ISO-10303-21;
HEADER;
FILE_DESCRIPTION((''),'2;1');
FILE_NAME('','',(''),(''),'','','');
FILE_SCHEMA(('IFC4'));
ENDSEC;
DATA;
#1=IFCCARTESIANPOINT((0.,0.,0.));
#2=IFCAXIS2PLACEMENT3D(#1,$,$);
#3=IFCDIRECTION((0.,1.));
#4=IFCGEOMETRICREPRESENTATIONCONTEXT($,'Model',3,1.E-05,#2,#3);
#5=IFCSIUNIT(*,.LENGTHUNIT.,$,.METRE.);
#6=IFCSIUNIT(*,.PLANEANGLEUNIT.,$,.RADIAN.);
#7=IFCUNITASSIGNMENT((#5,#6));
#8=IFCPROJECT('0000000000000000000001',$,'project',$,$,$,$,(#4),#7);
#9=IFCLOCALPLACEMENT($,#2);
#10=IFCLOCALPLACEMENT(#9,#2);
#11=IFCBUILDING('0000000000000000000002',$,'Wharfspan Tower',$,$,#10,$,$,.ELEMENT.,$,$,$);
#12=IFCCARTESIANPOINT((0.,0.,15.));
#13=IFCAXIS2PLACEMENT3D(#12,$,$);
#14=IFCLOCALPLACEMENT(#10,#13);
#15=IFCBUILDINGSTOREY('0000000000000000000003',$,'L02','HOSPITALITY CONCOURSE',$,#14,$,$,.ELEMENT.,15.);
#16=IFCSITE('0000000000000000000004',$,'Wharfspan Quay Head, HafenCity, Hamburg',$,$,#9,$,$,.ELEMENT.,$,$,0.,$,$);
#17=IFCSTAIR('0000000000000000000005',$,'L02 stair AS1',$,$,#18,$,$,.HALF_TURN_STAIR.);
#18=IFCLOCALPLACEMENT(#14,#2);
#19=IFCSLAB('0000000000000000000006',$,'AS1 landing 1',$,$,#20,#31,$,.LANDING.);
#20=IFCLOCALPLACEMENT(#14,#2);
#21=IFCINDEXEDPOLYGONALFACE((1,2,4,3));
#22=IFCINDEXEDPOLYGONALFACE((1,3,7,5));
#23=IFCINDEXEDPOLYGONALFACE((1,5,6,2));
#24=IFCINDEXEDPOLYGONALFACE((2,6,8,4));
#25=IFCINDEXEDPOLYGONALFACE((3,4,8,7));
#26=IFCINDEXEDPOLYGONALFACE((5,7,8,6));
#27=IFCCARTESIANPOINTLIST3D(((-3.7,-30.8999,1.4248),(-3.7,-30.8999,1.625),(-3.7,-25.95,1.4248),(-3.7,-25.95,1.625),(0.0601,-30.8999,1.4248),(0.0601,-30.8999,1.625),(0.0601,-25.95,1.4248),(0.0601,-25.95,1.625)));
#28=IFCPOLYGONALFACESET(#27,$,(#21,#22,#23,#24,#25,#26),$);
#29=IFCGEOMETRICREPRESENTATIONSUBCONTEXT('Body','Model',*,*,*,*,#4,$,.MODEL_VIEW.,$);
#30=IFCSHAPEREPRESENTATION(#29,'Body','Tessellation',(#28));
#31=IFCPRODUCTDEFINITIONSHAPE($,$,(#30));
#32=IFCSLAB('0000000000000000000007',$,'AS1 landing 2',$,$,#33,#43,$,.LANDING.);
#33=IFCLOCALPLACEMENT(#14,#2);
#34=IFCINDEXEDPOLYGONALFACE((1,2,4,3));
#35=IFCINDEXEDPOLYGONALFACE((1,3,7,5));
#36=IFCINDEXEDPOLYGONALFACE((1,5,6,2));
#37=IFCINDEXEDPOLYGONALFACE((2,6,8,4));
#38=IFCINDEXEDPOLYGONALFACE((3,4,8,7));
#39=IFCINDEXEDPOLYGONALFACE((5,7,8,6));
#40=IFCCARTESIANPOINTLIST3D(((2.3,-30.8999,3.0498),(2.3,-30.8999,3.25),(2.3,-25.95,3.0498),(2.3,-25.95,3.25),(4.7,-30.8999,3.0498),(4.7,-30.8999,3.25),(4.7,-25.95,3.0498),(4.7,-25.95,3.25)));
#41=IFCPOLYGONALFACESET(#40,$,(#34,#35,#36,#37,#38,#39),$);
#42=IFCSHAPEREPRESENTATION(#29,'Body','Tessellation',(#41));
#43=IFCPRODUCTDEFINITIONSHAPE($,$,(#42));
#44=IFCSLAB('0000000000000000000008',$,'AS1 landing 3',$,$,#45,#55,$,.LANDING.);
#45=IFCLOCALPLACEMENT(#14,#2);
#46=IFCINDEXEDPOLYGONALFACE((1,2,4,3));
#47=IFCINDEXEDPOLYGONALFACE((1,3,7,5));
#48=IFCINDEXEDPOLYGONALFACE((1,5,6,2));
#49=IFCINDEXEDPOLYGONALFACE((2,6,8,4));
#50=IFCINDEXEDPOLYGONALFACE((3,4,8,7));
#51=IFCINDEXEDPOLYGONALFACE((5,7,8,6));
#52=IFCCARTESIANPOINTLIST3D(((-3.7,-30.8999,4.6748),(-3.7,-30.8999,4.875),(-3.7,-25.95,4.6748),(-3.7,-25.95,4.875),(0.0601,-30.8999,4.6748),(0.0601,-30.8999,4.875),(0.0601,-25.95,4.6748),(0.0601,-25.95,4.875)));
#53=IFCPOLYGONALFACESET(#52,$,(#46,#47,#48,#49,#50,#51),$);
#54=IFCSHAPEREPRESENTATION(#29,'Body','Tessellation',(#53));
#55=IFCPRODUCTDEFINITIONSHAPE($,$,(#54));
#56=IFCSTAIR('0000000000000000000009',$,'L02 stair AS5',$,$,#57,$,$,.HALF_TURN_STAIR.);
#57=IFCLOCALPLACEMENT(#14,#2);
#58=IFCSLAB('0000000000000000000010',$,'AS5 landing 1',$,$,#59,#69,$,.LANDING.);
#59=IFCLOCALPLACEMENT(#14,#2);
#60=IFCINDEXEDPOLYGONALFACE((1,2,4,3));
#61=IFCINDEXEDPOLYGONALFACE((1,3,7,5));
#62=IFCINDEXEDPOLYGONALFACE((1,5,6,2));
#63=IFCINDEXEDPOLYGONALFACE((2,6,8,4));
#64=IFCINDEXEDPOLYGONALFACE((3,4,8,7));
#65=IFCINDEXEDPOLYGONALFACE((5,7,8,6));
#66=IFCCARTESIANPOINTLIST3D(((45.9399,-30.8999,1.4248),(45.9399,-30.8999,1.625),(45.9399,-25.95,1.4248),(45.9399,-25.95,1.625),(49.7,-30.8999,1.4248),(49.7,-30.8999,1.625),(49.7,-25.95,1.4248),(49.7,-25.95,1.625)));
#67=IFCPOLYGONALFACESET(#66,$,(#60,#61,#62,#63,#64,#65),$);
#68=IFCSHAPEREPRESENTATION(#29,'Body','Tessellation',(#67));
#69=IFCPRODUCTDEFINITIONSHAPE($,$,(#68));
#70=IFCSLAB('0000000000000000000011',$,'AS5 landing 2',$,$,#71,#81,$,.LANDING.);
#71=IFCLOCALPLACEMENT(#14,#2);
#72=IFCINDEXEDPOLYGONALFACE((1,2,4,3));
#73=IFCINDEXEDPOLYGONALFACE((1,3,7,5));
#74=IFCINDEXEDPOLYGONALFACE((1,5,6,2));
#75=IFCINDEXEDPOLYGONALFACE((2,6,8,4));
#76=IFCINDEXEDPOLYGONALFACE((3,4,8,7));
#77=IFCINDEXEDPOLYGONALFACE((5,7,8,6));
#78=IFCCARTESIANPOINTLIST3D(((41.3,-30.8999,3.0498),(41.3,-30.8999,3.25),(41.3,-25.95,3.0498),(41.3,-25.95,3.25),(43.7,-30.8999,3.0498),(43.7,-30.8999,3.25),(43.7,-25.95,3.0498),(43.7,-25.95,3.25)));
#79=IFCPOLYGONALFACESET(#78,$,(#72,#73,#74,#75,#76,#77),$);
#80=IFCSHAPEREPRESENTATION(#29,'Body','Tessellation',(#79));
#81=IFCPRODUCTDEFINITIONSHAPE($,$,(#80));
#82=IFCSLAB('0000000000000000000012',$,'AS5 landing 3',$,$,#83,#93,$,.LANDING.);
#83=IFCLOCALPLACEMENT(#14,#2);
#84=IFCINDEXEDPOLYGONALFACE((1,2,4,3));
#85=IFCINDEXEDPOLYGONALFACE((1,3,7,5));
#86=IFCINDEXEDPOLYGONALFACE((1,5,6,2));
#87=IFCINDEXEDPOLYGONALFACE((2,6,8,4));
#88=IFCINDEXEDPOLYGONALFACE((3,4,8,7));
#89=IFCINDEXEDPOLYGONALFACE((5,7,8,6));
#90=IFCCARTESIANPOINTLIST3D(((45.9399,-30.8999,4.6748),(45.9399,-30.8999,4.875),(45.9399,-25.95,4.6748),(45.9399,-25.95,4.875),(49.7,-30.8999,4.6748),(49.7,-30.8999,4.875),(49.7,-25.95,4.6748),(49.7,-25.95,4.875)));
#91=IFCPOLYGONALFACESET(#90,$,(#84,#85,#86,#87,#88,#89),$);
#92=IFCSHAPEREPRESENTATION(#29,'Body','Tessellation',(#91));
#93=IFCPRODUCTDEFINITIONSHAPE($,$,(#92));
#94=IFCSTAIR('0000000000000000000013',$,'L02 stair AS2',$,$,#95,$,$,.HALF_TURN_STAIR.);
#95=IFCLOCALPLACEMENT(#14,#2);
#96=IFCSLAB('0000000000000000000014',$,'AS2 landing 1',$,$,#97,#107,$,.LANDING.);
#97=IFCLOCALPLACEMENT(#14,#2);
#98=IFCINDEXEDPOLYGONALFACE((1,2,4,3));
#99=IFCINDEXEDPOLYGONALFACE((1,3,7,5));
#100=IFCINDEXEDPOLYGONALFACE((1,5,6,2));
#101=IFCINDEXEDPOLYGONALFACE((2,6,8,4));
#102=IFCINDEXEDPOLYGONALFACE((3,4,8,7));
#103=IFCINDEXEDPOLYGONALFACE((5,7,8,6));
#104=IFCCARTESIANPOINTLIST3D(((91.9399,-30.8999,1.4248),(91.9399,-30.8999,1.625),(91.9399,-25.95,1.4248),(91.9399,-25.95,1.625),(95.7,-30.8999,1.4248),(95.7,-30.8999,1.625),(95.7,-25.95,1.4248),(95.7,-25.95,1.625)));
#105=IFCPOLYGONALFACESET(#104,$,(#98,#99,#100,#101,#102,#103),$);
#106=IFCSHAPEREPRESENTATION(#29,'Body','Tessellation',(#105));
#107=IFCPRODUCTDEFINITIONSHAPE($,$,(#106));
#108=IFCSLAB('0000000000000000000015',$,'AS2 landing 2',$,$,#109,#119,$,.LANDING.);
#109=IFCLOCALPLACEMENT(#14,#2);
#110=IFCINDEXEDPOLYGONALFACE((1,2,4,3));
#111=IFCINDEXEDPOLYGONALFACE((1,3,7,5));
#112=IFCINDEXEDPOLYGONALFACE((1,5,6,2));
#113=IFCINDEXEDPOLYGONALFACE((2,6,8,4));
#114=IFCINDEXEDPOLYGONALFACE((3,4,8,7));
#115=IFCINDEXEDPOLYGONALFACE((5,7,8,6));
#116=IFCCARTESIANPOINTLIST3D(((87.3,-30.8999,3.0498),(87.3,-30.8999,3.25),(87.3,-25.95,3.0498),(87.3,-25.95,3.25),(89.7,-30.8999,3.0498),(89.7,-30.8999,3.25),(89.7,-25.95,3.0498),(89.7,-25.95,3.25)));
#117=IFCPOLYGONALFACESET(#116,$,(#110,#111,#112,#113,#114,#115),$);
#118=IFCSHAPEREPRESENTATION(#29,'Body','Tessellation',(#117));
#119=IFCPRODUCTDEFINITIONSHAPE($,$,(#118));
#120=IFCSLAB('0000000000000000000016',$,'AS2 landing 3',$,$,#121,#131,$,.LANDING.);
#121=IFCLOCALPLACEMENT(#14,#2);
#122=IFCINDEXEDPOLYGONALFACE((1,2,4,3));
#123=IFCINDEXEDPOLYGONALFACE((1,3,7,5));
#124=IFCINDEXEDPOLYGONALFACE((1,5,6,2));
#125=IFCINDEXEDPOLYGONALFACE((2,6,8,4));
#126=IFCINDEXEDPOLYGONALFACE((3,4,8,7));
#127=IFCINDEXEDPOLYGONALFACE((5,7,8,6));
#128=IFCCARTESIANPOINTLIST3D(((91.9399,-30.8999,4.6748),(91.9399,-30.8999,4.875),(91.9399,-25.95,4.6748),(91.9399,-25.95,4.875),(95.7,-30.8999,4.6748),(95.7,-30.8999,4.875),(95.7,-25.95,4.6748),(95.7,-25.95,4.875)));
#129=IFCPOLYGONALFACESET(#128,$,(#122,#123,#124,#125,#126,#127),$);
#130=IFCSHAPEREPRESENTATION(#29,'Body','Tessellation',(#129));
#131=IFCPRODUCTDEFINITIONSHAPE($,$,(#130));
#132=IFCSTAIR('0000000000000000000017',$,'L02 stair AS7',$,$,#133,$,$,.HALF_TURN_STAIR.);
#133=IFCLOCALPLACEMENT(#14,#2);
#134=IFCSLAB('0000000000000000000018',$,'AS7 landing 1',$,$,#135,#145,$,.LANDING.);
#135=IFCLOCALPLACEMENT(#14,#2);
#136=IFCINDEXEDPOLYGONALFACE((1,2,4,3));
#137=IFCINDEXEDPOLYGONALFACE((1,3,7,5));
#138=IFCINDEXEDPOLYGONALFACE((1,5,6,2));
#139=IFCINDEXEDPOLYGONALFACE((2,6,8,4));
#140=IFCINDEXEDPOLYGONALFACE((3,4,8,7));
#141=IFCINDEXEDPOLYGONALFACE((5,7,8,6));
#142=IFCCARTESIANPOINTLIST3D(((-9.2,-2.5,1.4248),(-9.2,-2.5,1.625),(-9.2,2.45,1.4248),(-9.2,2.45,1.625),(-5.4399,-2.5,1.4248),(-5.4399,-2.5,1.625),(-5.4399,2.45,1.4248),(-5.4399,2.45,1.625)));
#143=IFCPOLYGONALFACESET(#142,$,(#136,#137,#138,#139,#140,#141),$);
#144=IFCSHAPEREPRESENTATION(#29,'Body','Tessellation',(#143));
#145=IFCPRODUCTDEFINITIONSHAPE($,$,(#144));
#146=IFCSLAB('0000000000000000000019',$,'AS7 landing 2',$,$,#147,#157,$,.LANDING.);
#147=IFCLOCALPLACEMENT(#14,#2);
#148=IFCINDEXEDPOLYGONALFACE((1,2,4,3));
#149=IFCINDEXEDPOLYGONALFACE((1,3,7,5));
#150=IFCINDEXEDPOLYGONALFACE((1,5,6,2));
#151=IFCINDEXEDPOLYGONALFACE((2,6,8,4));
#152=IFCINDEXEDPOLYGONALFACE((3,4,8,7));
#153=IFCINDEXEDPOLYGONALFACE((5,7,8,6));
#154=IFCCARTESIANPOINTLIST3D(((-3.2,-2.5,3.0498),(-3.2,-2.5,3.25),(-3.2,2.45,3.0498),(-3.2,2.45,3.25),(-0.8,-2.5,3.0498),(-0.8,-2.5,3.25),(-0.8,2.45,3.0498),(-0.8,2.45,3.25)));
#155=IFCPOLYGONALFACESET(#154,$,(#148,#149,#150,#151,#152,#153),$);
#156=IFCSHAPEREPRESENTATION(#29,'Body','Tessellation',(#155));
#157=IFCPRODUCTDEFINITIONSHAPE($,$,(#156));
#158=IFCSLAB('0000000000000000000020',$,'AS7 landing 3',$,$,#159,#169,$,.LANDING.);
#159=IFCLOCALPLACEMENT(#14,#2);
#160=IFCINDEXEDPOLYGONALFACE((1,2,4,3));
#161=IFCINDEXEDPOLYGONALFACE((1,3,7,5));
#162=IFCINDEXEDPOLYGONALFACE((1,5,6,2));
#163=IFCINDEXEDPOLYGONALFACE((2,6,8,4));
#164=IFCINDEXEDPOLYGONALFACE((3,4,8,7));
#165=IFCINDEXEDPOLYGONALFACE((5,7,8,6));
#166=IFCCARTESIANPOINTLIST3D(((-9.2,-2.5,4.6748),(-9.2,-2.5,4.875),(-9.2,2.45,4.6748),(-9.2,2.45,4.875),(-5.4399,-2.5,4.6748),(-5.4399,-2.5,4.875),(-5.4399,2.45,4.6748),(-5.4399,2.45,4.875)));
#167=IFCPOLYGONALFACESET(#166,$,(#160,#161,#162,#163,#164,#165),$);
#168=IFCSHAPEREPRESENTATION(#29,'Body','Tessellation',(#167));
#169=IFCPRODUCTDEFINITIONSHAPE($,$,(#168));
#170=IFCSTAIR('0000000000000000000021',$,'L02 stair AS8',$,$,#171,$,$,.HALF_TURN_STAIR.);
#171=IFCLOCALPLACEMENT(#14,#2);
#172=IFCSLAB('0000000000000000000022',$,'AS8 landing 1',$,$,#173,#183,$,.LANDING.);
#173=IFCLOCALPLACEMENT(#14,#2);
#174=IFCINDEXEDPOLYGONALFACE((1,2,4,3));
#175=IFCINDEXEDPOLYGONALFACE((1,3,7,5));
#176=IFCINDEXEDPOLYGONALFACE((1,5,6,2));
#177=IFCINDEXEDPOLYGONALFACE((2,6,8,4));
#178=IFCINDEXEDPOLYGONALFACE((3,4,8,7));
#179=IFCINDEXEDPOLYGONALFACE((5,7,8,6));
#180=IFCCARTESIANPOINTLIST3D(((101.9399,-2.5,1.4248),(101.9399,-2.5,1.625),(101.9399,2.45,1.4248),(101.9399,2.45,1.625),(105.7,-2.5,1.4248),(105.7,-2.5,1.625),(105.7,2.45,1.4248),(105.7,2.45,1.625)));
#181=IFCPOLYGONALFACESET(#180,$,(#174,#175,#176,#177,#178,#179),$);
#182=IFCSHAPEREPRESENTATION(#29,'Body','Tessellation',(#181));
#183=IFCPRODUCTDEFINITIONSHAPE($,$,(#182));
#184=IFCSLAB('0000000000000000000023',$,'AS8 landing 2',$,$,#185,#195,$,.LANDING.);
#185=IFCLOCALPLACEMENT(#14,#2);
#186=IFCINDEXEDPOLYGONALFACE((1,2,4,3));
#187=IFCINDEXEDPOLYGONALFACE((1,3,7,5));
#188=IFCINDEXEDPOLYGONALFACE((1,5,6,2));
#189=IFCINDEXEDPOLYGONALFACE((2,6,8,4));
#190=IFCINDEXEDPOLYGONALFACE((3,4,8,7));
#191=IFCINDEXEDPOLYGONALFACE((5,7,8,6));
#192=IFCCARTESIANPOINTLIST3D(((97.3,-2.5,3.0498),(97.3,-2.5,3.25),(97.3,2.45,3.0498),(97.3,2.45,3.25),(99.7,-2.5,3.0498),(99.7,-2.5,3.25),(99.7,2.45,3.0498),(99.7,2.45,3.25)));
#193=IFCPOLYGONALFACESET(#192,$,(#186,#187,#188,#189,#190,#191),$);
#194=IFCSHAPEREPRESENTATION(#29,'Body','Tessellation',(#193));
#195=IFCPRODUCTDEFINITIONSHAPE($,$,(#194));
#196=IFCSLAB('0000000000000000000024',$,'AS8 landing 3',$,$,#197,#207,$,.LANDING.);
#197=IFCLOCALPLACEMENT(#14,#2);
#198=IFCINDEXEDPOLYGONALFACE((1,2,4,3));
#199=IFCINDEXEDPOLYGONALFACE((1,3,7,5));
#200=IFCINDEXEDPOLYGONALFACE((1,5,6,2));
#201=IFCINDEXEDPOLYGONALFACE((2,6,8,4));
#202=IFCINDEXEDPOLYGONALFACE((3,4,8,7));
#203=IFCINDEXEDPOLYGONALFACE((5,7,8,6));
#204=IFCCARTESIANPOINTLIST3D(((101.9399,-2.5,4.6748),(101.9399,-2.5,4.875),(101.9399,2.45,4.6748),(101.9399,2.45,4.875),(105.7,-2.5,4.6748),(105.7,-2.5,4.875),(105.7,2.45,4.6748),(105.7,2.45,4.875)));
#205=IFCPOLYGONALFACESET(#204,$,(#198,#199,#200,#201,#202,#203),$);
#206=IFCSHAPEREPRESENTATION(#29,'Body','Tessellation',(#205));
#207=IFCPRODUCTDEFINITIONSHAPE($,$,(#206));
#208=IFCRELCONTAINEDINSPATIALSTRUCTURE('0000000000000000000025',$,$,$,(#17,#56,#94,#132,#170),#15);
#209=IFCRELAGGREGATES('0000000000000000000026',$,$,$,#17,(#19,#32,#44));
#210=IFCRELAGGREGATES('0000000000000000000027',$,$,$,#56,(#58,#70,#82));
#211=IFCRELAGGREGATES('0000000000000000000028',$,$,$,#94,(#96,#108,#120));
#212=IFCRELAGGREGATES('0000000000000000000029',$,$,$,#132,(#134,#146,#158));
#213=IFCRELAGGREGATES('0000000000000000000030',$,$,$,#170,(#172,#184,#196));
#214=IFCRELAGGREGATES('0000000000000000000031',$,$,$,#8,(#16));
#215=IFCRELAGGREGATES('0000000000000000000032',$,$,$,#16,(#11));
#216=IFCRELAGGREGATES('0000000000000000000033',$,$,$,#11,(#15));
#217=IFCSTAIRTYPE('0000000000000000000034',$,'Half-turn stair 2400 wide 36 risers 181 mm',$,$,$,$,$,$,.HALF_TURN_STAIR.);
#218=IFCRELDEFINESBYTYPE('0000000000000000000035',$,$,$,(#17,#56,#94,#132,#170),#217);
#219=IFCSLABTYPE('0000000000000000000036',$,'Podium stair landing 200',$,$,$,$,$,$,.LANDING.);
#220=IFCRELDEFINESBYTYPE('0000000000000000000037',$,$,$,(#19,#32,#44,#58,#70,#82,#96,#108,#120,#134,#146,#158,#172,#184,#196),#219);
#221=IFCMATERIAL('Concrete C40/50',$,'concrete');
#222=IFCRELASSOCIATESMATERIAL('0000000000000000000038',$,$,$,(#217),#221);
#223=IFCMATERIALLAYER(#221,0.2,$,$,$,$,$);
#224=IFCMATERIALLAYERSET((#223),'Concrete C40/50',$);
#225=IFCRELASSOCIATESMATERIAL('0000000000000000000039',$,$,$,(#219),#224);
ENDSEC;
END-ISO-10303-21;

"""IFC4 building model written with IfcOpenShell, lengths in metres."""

from ifc_helpers import new_model, si_unit, direction, frame, origin, place, context, subcontext, project, spatial, polyline, outline, extrude, material, layer, layer_set, type_object, element, aggregate, save


model = new_model("IFC4")

# Units and contexts
model_context = context("Model", 3, precision=1e-05, world=origin(), true_north=direction((0.0, 1.0)))
body_context = subcontext(model_context, "Body", "Model", "MODEL_VIEW")
ifc_project = project(units=[si_unit("LENGTHUNIT", "METRE"), si_unit("PLANEANGLEUNIT", "RADIAN")], contexts=[model_context])

# Site, building, storey
site_placement = place(None, origin())
site = spatial("IfcSite", under=ifc_project, at=site_placement, Name="Wharfspan Quay Head, HafenCity, Hamburg", CompositionType="ELEMENT", RefElevation=0.0)
building_placement = place(site_placement, origin())
building = spatial("IfcBuilding", under=site, at=building_placement, Name="Wharfspan Tower", CompositionType="ELEMENT")
storey_placement = place(building_placement, frame((0.0, 0.0, 15.0)))
storey = spatial("IfcBuildingStorey", under=building, at=storey_placement, Name="L02", Description="HOSPITALITY CONCOURSE", CompositionType="ELEMENT", Elevation=15.0)

# Stairs, slabs
ifc_material_1 = material(Name="Concrete C40/50", Category="concrete")
stair_type_1 = type_object("IfcStairType", Name="Half-turn stair 2400 wide 36 risers 181 mm", PredefinedType="HALF_TURN_STAIR", material=ifc_material_1)
stair_1_placement = place(storey_placement, origin())
stair_1 = element("IfcStair", 1, at=stair_1_placement, inside=storey, type_object=stair_type_1, Name="L02 stair AS1", PredefinedType="HALF_TURN_STAIR")
ifc_layer_1 = layer(ifc_material_1, 0.2)
ifc_layer_set_1 = layer_set([ifc_layer_1], Name="Concrete C40/50")
slab_type_1 = type_object("IfcSlabType", Name="Podium stair landing 200", PredefinedType="LANDING", material=ifc_layer_set_1)
slab_1_placement = place(storey_placement, frame((0.0, 0.0, 1.4248)))
slab_1 = element("IfcSlab", 2, at=slab_1_placement, type_object=slab_type_1, Name="AS1 landing 1", PredefinedType="LANDING", context=body_context, shape_type="SweptSolid", body=[
    extrude(outline(polyline([(0.0601, -25.95), (-3.7, -25.95), (-3.7, -30.8999), (0.0601, -30.8999), (0.0601, -25.95)])), origin(), (0.0, 0.0, 1.0), 0.2002),
])
slab_2_placement = place(storey_placement, frame((0.0, 0.0, 3.0498)))
slab_2 = element("IfcSlab", 3, at=slab_2_placement, type_object=slab_type_1, Name="AS1 landing 2", PredefinedType="LANDING", context=body_context, shape_type="SweptSolid", body=[
    extrude(outline(polyline([(4.7, -25.95), (2.3, -25.95), (2.3, -30.8999), (4.7, -30.8999), (4.7, -25.95)])), origin(), (0.0, 0.0, 1.0), 0.2002),
])
slab_3_placement = place(storey_placement, frame((0.0, 0.0, 4.6748)))
slab_3 = element("IfcSlab", 4, at=slab_3_placement, type_object=slab_type_1, Name="AS1 landing 3", PredefinedType="LANDING", context=body_context, shape_type="SweptSolid", body=[
    extrude(outline(polyline([(0.0601, -25.95), (-3.7, -25.95), (-3.7, -30.8999), (0.0601, -30.8999), (0.0601, -25.95)])), origin(), (0.0, 0.0, 1.0), 0.2002),
])
aggregate(stair_1, [slab_1, slab_2, slab_3])
stair_2_placement = place(storey_placement, origin())
stair_2 = element("IfcStair", 5, at=stair_2_placement, inside=storey, type_object=stair_type_1, Name="L02 stair AS5", PredefinedType="HALF_TURN_STAIR")
slab_4_placement = place(storey_placement, frame((0.0, 0.0, 1.4248)))
slab_4 = element("IfcSlab", 6, at=slab_4_placement, type_object=slab_type_1, Name="AS5 landing 1", PredefinedType="LANDING", context=body_context, shape_type="SweptSolid", body=[
    extrude(outline(polyline([(45.9399, -30.8999), (49.7, -30.8999), (49.7, -25.95), (45.9399, -25.95), (45.9399, -30.8999)])), origin(), (0.0, 0.0, 1.0), 0.2002),
])
slab_5_placement = place(storey_placement, frame((0.0, 0.0, 3.0498)))
slab_5 = element("IfcSlab", 7, at=slab_5_placement, type_object=slab_type_1, Name="AS5 landing 2", PredefinedType="LANDING", context=body_context, shape_type="SweptSolid", body=[
    extrude(outline(polyline([(41.3, -30.8999), (43.7, -30.8999), (43.7, -25.95), (41.3, -25.95), (41.3, -30.8999)])), origin(), (0.0, 0.0, 1.0), 0.2002),
])
slab_6_placement = place(storey_placement, frame((0.0, 0.0, 4.6748)))
slab_6 = element("IfcSlab", 8, at=slab_6_placement, type_object=slab_type_1, Name="AS5 landing 3", PredefinedType="LANDING", context=body_context, shape_type="SweptSolid", body=[
    extrude(outline(polyline([(45.9399, -30.8999), (49.7, -30.8999), (49.7, -25.95), (45.9399, -25.95), (45.9399, -30.8999)])), origin(), (0.0, 0.0, 1.0), 0.2002),
])
aggregate(stair_2, [slab_4, slab_5, slab_6])
stair_3_placement = place(storey_placement, origin())
stair_3 = element("IfcStair", 9, at=stair_3_placement, inside=storey, type_object=stair_type_1, Name="L02 stair AS2", PredefinedType="HALF_TURN_STAIR")
slab_7_placement = place(storey_placement, frame((0.0, 0.0, 1.4248)))
slab_7 = element("IfcSlab", 10, at=slab_7_placement, type_object=slab_type_1, Name="AS2 landing 1", PredefinedType="LANDING", context=body_context, shape_type="SweptSolid", body=[
    extrude(outline(polyline([(91.9399, -30.8999), (95.7, -30.8999), (95.7, -25.95), (91.9399, -25.95), (91.9399, -30.8999)])), origin(), (0.0, 0.0, 1.0), 0.2002),
])
slab_8_placement = place(storey_placement, frame((0.0, 0.0, 3.0498)))
slab_8 = element("IfcSlab", 11, at=slab_8_placement, type_object=slab_type_1, Name="AS2 landing 2", PredefinedType="LANDING", context=body_context, shape_type="SweptSolid", body=[
    extrude(outline(polyline([(87.3, -30.8999), (89.7, -30.8999), (89.7, -25.95), (87.3, -25.95), (87.3, -30.8999)])), origin(), (0.0, 0.0, 1.0), 0.2002),
])
slab_9_placement = place(storey_placement, frame((0.0, 0.0, 4.6748)))
slab_9 = element("IfcSlab", 12, at=slab_9_placement, type_object=slab_type_1, Name="AS2 landing 3", PredefinedType="LANDING", context=body_context, shape_type="SweptSolid", body=[
    extrude(outline(polyline([(91.9399, -30.8999), (95.7, -30.8999), (95.7, -25.95), (91.9399, -25.95), (91.9399, -30.8999)])), origin(), (0.0, 0.0, 1.0), 0.2002),
])
aggregate(stair_3, [slab_7, slab_8, slab_9])
stair_4_placement = place(storey_placement, origin())
stair_4 = element("IfcStair", 13, at=stair_4_placement, inside=storey, type_object=stair_type_1, Name="L02 stair AS7", PredefinedType="HALF_TURN_STAIR")
slab_10_placement = place(storey_placement, frame((0.0, 0.0, 1.4248)))
slab_10 = element("IfcSlab", 14, at=slab_10_placement, type_object=slab_type_1, Name="AS7 landing 1", PredefinedType="LANDING", context=body_context, shape_type="SweptSolid", body=[
    extrude(outline(polyline([(-5.4399, 2.45), (-9.2, 2.45), (-9.2, -2.5), (-5.4399, -2.5), (-5.4399, 2.45)])), origin(), (0.0, 0.0, 1.0), 0.2002),
])
slab_11_placement = place(storey_placement, frame((0.0, 0.0, 3.0498)))
slab_11 = element("IfcSlab", 15, at=slab_11_placement, type_object=slab_type_1, Name="AS7 landing 2", PredefinedType="LANDING", context=body_context, shape_type="SweptSolid", body=[
    extrude(outline(polyline([(-0.8, 2.45), (-3.2, 2.45), (-3.2, -2.5), (-0.8, -2.5), (-0.8, 2.45)])), origin(), (0.0, 0.0, 1.0), 0.2002),
])
slab_12_placement = place(storey_placement, frame((0.0, 0.0, 4.6748)))
slab_12 = element("IfcSlab", 16, at=slab_12_placement, type_object=slab_type_1, Name="AS7 landing 3", PredefinedType="LANDING", context=body_context, shape_type="SweptSolid", body=[
    extrude(outline(polyline([(-5.4399, 2.45), (-9.2, 2.45), (-9.2, -2.5), (-5.4399, -2.5), (-5.4399, 2.45)])), origin(), (0.0, 0.0, 1.0), 0.2002),
])
aggregate(stair_4, [slab_10, slab_11, slab_12])
stair_5_placement = place(storey_placement, origin())
stair_5 = element("IfcStair", 17, at=stair_5_placement, inside=storey, type_object=stair_type_1, Name="L02 stair AS8", PredefinedType="HALF_TURN_STAIR")
slab_13_placement = place(storey_placement, frame((0.0, 0.0, 1.4248)))
slab_13 = element("IfcSlab", 18, at=slab_13_placement, type_object=slab_type_1, Name="AS8 landing 1", PredefinedType="LANDING", context=body_context, shape_type="SweptSolid", body=[
    extrude(outline(polyline([(101.9399, -2.5), (105.7, -2.5), (105.7, 2.45), (101.9399, 2.45), (101.9399, -2.5)])), origin(), (0.0, 0.0, 1.0), 0.2002),
])
slab_14_placement = place(storey_placement, frame((0.0, 0.0, 3.0498)))
slab_14 = element("IfcSlab", 19, at=slab_14_placement, type_object=slab_type_1, Name="AS8 landing 2", PredefinedType="LANDING", context=body_context, shape_type="SweptSolid", body=[
    extrude(outline(polyline([(97.3, -2.5), (99.7, -2.5), (99.7, 2.45), (97.3, 2.45), (97.3, -2.5)])), origin(), (0.0, 0.0, 1.0), 0.2002),
])
slab_15_placement = place(storey_placement, frame((0.0, 0.0, 4.6748)))
slab_15 = element("IfcSlab", 20, at=slab_15_placement, type_object=slab_type_1, Name="AS8 landing 3", PredefinedType="LANDING", context=body_context, shape_type="SweptSolid", body=[
    extrude(outline(polyline([(101.9399, -2.5), (105.7, -2.5), (105.7, 2.45), (101.9399, 2.45), (101.9399, -2.5)])), origin(), (0.0, 0.0, 1.0), 0.2002),
])
aggregate(stair_5, [slab_13, slab_14, slab_15])

save(model, "model.ifc")
